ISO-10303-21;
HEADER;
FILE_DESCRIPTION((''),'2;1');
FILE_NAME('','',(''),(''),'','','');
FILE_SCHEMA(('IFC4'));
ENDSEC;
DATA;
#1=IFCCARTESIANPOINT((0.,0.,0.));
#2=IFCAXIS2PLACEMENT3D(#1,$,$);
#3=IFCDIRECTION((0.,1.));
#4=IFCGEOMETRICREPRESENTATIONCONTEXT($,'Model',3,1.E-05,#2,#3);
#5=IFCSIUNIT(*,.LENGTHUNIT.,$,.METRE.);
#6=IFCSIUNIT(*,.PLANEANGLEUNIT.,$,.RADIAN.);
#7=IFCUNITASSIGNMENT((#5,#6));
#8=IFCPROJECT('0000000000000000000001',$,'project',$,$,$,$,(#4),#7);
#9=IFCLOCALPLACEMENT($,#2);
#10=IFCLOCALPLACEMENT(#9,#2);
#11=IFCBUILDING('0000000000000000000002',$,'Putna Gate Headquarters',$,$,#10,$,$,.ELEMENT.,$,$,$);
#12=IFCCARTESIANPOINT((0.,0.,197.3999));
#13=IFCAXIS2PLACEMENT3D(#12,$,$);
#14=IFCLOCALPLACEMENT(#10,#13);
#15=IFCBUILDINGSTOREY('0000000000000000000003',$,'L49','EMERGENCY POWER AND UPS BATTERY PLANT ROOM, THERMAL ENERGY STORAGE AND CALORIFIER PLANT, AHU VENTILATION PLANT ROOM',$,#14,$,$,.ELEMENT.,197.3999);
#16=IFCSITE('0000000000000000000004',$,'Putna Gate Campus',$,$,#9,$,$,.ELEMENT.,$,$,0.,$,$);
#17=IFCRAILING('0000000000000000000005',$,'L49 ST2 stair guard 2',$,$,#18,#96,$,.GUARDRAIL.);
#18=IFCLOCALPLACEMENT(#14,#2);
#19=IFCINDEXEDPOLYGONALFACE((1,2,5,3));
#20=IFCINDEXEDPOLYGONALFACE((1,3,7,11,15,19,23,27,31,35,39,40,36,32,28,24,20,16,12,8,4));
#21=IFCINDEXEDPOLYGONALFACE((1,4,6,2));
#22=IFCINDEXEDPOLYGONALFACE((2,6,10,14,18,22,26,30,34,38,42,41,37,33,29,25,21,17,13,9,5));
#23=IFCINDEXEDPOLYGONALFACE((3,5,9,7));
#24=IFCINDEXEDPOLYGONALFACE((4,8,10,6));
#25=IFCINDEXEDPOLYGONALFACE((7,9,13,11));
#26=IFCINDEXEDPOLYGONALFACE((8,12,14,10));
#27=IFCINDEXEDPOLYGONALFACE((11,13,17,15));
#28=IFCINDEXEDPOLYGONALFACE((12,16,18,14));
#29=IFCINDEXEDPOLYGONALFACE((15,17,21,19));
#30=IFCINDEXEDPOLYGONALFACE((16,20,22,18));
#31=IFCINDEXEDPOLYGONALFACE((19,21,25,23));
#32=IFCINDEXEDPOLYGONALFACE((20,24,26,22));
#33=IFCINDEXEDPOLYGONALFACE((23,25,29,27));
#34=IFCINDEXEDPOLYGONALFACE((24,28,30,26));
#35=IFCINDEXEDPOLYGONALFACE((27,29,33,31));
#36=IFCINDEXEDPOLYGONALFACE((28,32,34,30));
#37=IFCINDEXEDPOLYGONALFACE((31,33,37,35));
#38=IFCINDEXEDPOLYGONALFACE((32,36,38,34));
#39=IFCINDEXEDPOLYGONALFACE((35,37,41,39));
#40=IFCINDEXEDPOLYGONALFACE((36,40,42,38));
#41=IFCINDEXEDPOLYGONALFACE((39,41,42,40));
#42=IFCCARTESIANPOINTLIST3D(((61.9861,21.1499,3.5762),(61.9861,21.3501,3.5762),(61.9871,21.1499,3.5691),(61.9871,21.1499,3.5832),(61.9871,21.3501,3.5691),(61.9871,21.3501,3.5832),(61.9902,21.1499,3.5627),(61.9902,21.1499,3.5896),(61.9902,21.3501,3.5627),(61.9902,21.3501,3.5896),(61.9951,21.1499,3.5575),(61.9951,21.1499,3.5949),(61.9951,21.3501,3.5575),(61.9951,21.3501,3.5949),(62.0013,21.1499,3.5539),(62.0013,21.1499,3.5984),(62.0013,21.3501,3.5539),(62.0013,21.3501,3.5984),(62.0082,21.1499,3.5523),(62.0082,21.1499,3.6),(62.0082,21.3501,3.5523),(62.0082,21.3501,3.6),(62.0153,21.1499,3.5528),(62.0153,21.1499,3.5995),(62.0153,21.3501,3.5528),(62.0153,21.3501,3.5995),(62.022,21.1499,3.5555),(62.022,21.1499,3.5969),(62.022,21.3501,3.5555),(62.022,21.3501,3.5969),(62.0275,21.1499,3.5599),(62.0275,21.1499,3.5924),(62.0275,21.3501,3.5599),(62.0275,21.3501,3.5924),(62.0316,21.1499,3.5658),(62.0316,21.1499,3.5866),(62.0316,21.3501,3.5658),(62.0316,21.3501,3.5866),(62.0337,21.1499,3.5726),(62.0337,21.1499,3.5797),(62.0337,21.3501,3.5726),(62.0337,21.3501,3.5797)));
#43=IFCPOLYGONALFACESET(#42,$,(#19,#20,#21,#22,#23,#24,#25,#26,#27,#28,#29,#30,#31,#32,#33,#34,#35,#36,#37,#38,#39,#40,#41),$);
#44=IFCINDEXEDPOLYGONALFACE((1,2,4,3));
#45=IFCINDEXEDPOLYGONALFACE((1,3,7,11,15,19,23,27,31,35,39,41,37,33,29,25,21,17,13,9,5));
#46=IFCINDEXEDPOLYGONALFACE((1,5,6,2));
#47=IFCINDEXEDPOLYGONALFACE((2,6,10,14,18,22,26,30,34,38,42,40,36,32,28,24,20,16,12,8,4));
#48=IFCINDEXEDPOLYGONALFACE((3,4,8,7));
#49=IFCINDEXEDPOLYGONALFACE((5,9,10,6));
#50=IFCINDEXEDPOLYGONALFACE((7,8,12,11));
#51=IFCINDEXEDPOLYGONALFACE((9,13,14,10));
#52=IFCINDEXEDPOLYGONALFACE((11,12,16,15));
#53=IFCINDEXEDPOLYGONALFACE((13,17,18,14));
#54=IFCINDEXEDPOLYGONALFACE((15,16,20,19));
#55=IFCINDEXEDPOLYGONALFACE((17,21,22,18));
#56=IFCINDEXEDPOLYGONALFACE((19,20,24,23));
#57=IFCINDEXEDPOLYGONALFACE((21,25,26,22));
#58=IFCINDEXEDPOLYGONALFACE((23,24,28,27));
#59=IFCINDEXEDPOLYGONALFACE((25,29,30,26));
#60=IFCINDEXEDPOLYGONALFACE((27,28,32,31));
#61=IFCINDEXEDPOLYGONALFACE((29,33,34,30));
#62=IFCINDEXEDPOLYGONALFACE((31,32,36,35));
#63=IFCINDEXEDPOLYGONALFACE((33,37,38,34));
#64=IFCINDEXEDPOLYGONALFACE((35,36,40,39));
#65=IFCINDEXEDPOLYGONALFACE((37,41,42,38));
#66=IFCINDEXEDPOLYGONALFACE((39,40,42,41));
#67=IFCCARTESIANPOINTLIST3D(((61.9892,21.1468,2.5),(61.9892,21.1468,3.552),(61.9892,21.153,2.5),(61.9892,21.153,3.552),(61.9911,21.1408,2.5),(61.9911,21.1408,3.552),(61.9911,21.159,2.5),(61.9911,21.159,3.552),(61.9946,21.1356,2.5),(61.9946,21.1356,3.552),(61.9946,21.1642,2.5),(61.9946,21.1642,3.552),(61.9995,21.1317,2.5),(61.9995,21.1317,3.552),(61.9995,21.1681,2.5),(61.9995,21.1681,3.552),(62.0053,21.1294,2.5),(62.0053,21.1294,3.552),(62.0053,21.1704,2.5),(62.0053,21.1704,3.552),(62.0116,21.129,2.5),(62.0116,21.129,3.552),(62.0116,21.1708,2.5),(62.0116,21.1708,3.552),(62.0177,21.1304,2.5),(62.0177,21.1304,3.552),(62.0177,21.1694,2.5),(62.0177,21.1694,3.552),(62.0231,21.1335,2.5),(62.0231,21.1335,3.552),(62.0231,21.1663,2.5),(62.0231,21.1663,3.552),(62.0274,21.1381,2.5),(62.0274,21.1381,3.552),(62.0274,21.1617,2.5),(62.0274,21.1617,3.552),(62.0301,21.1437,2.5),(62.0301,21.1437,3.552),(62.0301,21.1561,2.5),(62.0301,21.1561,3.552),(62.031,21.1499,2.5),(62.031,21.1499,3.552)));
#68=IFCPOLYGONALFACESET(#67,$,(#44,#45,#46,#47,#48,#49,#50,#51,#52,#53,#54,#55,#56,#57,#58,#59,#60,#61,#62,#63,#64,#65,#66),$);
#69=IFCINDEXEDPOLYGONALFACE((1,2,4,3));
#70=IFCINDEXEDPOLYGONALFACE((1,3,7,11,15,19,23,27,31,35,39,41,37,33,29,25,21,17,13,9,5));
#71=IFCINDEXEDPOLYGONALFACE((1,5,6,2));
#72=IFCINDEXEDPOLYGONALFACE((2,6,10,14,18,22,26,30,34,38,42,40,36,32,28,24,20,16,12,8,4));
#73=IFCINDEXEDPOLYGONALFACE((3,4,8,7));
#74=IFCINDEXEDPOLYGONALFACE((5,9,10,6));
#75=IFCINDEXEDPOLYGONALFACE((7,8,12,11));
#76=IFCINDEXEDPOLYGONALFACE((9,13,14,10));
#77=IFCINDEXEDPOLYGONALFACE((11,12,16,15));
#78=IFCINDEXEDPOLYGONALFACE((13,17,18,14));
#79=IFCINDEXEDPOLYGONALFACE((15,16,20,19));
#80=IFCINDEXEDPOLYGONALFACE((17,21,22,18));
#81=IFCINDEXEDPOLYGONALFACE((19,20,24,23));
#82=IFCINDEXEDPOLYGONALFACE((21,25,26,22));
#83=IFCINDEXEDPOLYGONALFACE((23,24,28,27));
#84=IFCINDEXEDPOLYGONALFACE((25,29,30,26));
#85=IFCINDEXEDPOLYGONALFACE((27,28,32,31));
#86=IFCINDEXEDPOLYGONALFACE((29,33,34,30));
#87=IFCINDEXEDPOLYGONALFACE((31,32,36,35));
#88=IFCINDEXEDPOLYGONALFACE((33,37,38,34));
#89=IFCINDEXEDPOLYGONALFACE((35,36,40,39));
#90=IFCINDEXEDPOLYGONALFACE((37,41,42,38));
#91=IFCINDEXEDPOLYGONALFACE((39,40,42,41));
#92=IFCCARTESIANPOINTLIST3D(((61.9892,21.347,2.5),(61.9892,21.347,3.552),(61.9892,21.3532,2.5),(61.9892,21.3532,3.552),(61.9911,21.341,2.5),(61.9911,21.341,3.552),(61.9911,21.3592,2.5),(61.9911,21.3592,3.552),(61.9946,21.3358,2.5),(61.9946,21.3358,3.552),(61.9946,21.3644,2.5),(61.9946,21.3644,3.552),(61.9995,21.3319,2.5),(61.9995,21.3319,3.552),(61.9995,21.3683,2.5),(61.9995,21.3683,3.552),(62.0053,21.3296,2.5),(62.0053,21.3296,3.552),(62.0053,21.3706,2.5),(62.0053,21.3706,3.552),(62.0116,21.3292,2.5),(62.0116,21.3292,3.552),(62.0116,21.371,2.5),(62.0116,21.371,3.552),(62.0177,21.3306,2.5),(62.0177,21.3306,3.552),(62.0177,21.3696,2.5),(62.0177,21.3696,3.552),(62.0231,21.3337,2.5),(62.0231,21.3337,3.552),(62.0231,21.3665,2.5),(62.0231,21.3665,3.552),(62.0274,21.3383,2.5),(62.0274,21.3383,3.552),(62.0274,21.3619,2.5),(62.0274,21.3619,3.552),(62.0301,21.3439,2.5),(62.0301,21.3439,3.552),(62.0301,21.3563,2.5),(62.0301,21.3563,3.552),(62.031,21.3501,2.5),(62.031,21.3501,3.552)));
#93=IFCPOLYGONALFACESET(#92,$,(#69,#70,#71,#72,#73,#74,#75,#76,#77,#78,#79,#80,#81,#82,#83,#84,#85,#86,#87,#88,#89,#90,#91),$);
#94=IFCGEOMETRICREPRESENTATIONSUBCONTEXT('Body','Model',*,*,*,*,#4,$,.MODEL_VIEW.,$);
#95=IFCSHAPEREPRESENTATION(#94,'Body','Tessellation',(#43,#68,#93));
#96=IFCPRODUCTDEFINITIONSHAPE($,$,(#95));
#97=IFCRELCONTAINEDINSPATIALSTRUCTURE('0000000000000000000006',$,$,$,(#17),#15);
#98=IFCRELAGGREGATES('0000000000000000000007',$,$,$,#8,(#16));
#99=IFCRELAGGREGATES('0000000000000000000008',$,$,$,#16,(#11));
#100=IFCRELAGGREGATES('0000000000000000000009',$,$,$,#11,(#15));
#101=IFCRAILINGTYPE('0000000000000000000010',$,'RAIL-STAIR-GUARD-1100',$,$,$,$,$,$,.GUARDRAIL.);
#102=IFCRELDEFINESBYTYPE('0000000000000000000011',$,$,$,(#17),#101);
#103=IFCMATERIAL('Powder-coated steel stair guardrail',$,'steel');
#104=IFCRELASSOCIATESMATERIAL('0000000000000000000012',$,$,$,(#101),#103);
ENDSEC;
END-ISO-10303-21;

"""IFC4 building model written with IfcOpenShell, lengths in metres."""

from ifc_helpers import new_model, si_unit, direction, frame, origin, origin_2d, place, context, subcontext, project, spatial, circle, extrude, material, type_object, element, save


model = new_model("IFC4")

# Units and contexts
model_context = context("Model", 3, precision=1e-05, world=origin(), true_north=direction((0.0, 1.0)))
body_context = subcontext(model_context, "Body", "Model", "MODEL_VIEW")
ifc_project = project(units=[si_unit("LENGTHUNIT", "METRE"), si_unit("PLANEANGLEUNIT", "RADIAN")], contexts=[model_context])

# Site, building, storey
site_placement = place(None, origin())
site = spatial("IfcSite", under=ifc_project, at=site_placement, Name="Putna Gate Campus", CompositionType="ELEMENT", RefElevation=0.0)
building_placement = place(site_placement, origin())
building = spatial("IfcBuilding", under=site, at=building_placement, Name="Putna Gate Headquarters", CompositionType="ELEMENT")
storey_placement = place(building_placement, frame((0.0, 0.0, 197.3999)))
storey = spatial("IfcBuildingStorey", under=building, at=storey_placement, Name="L49", Description="EMERGENCY POWER AND UPS BATTERY PLANT ROOM, THERMAL ENERGY STORAGE AND CALORIFIER PLANT, AHU VENTILATION PLANT ROOM", CompositionType="ELEMENT", Elevation=197.3999)

# Railing
ifc_material_1 = material(Name="Powder-coated steel stair guardrail", Category="steel")
railing_type_1 = type_object("IfcRailingType", Name="RAIL-STAIR-GUARD-1100", PredefinedType="GUARDRAIL", material=ifc_material_1)
railing_1_placement = place(storey_placement, frame((62.01, 21.1499, 2.5)))
element("IfcRailing", 1, at=railing_1_placement, inside=storey, type_object=railing_type_1, Name="L49 ST2 stair guard 2", PredefinedType="GUARDRAIL", context=body_context, shape_type="SweptSolid", body=[
    extrude(circle(Radius=0.0239, at=origin_2d()), frame((0.0, 0.0, 1.0762), z_axis=(0.0, 1.0, 0.0), x_axis=(-1.0, 0.0, 0.0)), (0.0, 0.0, 1.0), 0.2002),
    extrude(circle(Radius=0.021, at=origin_2d()), origin(), (0.0, 0.0, 1.0), 1.052),
    extrude(circle(Radius=0.021, at=origin_2d()), frame((0.0, 0.2002, 0.0)), (0.0, 0.0, 1.0), 1.052),
])

save(model, "model.ifc")
